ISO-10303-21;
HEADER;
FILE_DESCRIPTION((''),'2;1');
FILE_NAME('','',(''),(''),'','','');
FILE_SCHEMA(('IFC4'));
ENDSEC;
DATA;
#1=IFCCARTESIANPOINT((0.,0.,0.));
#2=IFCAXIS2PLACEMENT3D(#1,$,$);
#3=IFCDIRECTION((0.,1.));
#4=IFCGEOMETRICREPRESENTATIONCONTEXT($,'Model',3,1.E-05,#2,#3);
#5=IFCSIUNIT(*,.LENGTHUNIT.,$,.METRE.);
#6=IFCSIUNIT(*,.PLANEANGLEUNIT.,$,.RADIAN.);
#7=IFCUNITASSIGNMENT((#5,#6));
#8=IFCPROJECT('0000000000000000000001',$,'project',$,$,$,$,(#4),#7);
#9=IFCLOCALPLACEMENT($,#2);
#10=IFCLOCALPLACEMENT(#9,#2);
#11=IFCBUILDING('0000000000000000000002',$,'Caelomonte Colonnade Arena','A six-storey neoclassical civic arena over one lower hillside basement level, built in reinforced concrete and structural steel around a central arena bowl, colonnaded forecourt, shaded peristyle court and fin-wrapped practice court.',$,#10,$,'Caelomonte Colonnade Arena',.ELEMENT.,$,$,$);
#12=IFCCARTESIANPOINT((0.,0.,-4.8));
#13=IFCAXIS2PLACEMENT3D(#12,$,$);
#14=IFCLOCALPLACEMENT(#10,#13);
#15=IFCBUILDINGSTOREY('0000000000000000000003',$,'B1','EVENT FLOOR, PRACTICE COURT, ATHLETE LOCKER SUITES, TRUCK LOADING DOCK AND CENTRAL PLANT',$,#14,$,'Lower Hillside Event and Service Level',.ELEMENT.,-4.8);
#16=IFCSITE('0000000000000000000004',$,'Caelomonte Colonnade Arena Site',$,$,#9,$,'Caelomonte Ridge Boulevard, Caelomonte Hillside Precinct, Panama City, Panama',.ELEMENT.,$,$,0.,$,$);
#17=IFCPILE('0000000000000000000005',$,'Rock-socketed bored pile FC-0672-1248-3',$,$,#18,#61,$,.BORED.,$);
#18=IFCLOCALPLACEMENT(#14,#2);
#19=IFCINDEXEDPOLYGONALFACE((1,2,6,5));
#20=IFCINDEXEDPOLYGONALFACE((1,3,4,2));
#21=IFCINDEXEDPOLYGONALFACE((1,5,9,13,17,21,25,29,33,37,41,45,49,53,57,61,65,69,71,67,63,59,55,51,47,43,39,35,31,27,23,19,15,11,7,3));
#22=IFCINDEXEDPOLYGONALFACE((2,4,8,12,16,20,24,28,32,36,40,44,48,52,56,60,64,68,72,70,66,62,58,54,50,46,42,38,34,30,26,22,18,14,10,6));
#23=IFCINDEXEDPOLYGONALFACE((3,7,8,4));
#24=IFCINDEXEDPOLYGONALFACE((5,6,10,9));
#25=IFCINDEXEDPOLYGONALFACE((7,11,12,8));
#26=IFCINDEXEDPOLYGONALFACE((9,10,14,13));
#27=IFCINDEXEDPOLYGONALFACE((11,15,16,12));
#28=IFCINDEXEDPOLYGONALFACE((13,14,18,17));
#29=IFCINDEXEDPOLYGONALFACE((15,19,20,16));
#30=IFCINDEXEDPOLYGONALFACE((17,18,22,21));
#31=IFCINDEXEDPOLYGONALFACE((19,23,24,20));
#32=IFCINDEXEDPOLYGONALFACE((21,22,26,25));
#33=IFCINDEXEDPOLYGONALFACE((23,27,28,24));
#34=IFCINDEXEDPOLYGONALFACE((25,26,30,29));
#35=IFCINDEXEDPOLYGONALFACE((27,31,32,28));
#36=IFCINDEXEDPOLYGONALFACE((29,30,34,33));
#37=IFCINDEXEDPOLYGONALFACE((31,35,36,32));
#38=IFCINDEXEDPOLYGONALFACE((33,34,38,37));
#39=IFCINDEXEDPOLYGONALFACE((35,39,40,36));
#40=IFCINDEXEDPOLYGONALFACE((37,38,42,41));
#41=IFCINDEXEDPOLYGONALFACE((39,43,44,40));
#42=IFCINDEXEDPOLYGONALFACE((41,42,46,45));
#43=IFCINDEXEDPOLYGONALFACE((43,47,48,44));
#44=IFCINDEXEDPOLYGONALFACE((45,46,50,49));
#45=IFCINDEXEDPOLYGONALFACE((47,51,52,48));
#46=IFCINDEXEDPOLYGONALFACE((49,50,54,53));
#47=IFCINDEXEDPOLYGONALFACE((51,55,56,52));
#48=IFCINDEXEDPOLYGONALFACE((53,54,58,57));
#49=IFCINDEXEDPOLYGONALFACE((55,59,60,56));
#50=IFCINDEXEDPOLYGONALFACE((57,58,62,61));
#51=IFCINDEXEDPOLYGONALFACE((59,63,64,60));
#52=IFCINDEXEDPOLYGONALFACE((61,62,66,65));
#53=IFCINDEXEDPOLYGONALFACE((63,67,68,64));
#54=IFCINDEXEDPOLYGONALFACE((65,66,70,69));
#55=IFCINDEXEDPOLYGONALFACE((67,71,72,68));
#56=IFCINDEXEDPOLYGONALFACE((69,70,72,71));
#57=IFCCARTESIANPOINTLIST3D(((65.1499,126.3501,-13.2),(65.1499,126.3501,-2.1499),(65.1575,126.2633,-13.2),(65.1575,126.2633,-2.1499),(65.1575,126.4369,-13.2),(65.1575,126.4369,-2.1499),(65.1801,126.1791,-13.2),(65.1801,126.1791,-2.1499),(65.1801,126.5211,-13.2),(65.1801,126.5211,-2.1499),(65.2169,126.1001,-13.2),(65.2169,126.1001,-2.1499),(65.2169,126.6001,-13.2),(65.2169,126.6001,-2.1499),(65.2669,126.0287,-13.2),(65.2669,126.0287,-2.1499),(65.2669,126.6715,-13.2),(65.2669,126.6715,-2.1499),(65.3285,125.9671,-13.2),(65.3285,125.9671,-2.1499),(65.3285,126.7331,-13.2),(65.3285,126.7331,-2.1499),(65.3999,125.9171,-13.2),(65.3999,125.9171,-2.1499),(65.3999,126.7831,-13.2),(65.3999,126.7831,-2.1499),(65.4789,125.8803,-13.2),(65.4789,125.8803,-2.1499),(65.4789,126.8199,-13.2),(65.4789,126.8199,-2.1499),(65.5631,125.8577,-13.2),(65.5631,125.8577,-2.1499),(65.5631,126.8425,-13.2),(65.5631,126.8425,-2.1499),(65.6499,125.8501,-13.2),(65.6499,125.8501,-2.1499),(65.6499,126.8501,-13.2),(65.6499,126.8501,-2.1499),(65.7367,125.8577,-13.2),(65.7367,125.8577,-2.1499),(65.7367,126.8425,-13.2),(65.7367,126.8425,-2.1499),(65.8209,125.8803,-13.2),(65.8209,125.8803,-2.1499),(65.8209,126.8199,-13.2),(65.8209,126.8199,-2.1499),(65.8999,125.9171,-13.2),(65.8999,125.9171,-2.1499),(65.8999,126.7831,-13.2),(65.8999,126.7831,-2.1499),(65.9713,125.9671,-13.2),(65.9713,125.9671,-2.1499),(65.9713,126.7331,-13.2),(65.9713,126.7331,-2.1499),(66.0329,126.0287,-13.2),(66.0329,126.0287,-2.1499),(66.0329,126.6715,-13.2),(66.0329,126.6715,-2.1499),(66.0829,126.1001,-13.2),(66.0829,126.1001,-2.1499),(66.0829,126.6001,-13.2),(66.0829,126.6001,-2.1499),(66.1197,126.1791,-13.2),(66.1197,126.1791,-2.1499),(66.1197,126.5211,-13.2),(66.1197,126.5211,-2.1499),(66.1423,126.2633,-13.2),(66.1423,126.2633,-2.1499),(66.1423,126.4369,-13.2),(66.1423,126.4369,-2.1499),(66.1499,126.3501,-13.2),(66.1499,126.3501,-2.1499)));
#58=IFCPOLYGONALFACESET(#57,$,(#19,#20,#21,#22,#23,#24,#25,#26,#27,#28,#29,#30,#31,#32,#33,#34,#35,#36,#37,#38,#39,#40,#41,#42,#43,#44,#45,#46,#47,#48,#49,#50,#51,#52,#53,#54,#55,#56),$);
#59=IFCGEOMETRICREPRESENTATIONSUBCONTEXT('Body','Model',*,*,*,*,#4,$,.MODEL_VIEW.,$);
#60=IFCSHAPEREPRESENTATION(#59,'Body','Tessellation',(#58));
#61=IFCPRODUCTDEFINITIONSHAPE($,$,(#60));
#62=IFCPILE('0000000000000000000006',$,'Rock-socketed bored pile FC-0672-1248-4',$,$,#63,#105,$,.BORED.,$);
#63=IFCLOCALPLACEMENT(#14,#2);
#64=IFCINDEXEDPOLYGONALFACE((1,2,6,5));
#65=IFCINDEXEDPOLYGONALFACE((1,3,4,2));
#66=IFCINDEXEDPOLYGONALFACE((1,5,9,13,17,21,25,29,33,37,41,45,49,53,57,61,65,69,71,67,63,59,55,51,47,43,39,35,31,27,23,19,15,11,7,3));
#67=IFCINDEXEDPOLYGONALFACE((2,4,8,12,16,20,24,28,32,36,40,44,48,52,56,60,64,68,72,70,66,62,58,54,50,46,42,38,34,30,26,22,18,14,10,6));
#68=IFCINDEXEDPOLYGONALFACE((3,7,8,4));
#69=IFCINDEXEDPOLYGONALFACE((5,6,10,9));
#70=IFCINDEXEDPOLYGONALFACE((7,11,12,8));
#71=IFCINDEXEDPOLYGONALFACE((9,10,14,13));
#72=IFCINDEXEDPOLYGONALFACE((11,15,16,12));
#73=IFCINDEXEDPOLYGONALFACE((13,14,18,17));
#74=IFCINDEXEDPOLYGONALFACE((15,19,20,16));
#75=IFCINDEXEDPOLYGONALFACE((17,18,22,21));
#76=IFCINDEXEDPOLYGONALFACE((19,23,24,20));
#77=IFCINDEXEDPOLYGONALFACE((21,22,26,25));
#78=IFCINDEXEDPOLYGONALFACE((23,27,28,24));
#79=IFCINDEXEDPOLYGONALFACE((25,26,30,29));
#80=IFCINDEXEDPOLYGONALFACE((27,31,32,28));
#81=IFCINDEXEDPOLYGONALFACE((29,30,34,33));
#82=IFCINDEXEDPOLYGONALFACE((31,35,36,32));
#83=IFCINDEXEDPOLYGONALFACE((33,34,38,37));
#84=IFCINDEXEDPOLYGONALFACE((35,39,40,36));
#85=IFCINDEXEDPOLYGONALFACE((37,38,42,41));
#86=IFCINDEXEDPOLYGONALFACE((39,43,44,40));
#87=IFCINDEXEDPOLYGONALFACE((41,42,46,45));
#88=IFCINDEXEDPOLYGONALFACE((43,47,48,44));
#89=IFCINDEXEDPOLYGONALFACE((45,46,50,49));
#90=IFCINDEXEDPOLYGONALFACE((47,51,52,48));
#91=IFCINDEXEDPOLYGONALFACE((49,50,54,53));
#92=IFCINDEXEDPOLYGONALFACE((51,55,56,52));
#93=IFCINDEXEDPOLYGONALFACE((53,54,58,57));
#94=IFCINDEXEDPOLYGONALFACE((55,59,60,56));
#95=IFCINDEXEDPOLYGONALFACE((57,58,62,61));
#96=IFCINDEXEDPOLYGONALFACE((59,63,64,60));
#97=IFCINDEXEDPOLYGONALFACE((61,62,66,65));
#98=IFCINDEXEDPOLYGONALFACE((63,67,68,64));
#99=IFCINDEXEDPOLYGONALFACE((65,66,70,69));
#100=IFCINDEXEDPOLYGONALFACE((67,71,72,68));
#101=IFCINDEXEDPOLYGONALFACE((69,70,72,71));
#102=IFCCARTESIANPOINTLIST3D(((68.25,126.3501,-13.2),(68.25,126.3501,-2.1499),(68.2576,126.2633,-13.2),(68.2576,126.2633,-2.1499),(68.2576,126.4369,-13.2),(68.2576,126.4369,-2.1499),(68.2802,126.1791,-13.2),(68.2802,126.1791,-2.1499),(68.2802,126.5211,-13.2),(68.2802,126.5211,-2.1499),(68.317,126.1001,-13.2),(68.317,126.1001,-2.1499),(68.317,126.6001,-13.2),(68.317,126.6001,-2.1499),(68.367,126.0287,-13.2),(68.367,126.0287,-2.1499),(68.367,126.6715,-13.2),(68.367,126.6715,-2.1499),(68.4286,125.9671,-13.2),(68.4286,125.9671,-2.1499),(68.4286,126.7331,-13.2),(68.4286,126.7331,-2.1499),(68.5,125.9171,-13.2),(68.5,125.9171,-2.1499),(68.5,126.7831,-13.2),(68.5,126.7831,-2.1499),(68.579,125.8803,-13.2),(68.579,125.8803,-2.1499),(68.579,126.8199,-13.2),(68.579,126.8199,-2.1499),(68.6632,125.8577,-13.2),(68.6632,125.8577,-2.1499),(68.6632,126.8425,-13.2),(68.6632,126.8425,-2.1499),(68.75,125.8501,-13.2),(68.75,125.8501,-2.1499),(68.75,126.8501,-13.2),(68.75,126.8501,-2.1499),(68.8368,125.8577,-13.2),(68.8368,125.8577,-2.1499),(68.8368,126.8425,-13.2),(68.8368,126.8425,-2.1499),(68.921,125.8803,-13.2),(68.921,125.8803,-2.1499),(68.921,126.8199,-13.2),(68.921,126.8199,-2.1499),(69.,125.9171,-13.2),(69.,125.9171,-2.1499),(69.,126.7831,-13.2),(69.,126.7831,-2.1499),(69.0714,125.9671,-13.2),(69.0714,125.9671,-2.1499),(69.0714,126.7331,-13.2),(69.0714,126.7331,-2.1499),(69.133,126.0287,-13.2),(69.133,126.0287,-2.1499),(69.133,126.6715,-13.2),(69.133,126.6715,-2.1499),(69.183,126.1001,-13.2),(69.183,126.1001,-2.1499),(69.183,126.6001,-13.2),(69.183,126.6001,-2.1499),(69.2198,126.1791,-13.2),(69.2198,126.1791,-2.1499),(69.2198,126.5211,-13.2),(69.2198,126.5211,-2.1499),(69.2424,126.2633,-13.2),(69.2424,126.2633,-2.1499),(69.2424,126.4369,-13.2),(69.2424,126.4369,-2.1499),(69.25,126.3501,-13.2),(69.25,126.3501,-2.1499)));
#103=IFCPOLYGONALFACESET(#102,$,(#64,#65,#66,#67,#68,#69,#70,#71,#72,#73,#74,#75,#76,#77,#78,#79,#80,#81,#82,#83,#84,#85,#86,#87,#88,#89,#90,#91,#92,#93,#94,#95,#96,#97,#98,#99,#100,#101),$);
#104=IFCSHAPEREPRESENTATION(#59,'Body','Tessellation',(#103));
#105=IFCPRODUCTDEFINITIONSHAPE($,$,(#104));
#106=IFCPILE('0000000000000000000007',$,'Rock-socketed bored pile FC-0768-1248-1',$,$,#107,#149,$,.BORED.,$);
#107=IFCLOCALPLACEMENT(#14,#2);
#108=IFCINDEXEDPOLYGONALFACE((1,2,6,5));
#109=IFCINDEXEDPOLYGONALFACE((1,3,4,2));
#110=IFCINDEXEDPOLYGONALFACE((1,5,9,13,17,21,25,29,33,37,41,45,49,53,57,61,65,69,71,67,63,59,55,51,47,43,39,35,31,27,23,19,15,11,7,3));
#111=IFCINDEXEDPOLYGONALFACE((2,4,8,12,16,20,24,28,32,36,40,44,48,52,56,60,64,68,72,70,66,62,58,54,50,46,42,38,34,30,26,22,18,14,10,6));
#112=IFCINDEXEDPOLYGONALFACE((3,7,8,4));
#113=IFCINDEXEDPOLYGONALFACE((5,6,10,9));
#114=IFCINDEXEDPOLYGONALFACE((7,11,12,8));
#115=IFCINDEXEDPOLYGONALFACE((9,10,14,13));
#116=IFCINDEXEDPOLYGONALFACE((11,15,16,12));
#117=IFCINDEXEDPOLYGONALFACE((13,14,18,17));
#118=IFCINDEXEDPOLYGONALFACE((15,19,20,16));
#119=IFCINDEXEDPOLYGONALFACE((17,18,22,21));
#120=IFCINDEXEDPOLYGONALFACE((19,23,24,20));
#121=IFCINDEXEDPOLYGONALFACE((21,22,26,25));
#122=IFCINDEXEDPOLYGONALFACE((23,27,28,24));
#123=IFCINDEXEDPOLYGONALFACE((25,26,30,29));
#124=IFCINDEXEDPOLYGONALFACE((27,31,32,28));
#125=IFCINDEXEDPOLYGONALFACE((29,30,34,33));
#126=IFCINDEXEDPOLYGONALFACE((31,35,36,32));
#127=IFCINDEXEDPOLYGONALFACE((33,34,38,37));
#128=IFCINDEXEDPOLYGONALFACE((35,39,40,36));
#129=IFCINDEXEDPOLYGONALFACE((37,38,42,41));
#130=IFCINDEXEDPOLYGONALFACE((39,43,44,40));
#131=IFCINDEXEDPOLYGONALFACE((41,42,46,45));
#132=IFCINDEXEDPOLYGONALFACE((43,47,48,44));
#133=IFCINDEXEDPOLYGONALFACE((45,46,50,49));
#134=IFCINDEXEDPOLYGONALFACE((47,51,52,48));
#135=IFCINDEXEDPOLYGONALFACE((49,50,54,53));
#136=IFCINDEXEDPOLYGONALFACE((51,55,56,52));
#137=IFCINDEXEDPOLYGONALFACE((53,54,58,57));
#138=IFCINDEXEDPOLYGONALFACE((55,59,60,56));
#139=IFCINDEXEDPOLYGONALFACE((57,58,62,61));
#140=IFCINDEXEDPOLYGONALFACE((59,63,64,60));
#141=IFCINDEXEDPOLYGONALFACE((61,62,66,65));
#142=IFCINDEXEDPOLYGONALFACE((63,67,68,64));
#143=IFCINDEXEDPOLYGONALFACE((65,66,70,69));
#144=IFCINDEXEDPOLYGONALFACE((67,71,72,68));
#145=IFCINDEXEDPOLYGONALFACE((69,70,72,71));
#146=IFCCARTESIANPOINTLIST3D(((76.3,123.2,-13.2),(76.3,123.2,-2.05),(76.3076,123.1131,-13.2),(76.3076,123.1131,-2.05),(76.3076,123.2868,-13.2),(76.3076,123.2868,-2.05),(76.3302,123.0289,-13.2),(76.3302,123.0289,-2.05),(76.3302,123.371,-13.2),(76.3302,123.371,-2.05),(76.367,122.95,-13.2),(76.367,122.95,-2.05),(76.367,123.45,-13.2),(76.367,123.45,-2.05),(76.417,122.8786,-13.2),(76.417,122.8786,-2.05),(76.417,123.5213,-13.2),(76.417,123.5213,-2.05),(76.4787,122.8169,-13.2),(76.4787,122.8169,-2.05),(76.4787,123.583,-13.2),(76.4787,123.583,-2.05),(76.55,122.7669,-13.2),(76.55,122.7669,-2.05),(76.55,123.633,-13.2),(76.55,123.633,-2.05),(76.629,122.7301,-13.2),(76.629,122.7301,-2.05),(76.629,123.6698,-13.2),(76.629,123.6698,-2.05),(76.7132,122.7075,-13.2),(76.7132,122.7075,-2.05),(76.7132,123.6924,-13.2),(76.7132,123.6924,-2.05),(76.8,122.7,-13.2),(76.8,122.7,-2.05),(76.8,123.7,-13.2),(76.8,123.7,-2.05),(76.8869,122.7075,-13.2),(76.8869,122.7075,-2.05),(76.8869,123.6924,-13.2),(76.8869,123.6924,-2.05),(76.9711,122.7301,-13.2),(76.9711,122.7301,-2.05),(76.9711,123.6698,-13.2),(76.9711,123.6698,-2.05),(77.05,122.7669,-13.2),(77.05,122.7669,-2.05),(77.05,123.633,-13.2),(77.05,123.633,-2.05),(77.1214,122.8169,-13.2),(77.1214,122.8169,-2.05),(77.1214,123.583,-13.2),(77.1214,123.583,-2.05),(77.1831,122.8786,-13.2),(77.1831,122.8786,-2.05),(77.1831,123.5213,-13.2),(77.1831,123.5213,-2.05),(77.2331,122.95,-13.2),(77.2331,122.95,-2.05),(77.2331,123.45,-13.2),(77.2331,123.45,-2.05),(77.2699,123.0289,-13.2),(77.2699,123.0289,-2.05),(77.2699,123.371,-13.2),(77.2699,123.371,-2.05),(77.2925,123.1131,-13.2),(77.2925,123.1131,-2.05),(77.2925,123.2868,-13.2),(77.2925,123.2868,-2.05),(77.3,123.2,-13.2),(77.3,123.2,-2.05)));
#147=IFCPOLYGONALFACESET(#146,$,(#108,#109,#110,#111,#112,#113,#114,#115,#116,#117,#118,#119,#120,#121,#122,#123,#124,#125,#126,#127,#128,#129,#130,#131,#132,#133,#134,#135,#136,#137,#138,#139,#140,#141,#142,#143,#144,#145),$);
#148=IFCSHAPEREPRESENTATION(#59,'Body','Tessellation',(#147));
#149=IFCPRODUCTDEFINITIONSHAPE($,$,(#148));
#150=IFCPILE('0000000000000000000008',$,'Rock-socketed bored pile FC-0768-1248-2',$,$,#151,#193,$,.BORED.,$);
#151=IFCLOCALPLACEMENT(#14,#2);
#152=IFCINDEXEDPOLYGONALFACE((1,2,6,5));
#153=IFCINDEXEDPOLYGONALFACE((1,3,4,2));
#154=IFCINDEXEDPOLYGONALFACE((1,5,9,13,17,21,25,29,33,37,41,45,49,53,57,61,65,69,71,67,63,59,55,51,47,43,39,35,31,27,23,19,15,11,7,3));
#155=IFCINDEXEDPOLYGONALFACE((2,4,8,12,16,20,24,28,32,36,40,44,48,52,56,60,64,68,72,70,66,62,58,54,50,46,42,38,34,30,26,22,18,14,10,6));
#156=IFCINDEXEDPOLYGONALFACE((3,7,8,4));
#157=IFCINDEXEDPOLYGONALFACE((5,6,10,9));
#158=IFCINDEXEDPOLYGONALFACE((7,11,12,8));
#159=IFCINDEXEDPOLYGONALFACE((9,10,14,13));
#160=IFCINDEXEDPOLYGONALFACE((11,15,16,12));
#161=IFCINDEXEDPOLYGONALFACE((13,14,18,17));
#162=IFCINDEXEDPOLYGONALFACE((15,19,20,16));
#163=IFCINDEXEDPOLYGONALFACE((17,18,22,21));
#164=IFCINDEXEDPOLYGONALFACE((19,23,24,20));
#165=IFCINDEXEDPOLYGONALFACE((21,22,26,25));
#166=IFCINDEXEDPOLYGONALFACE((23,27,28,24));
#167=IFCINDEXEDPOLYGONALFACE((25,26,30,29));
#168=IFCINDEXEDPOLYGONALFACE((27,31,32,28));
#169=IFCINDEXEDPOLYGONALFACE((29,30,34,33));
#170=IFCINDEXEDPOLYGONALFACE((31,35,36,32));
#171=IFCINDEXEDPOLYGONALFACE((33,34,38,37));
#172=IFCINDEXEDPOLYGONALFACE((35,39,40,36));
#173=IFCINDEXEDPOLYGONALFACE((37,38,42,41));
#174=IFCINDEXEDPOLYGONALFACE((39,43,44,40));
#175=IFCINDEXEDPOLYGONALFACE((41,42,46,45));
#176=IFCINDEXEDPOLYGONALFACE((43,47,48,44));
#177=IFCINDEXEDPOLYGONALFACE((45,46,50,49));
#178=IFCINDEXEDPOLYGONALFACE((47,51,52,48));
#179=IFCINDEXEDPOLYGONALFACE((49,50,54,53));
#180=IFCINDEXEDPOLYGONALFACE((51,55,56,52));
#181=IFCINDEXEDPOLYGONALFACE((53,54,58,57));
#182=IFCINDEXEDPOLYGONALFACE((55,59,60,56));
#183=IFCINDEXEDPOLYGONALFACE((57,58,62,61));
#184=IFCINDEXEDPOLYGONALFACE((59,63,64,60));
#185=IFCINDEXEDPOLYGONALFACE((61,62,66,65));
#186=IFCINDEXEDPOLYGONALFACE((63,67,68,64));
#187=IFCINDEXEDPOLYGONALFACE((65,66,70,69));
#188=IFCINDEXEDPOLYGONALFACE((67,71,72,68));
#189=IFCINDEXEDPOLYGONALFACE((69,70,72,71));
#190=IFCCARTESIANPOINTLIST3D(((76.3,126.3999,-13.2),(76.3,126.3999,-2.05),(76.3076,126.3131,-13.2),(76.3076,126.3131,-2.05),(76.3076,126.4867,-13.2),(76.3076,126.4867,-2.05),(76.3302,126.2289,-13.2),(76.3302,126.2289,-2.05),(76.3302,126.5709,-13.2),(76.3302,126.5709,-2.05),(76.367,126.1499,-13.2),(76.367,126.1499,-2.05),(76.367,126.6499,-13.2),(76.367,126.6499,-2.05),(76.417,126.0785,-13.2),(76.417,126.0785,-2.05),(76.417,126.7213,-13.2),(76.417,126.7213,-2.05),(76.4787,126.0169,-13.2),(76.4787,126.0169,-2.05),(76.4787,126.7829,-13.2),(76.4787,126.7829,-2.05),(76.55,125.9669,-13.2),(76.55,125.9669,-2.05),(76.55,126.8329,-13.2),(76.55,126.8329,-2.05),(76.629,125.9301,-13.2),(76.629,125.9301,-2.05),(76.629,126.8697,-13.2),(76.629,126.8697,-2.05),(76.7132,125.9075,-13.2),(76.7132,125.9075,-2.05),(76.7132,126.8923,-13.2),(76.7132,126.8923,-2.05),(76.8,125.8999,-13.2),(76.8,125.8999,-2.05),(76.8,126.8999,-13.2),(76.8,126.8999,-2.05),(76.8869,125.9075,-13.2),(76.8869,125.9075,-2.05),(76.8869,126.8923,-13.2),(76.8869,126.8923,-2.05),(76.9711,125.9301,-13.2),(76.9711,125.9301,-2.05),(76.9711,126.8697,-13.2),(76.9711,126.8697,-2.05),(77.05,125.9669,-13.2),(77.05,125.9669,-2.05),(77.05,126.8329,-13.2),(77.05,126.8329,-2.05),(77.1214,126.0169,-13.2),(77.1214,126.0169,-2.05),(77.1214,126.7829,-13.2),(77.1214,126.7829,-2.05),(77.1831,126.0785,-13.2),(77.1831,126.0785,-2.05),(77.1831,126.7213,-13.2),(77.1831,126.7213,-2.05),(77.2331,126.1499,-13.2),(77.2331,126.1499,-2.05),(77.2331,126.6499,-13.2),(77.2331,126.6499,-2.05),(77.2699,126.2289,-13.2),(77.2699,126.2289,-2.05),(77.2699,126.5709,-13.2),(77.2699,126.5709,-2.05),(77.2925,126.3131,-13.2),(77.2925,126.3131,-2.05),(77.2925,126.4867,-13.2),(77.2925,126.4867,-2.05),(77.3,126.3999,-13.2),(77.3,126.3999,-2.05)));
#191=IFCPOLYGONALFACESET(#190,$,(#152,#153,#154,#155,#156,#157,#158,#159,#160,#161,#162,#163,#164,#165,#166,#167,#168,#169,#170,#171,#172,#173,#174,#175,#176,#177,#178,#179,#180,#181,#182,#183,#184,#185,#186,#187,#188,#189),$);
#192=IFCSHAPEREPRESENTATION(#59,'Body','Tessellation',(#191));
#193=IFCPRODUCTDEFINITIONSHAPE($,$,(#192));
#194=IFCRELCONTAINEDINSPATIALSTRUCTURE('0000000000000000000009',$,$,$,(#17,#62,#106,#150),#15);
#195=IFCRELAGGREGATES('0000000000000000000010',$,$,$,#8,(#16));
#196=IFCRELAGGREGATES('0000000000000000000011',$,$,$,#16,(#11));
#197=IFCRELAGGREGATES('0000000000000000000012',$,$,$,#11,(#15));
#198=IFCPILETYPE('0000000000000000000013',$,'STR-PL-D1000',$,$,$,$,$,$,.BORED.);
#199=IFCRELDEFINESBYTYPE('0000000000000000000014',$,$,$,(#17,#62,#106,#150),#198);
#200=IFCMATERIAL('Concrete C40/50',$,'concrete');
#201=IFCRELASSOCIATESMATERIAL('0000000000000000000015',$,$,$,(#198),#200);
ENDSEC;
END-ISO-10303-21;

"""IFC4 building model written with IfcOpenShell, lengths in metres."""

from ifc_helpers import new_model, si_unit, direction, frame, origin, origin_2d, place, context, subcontext, project, spatial, circle, extrude, material, material_profile, profile_set, type_object, element, save


model = new_model("IFC4")

# Units and contexts
model_context = context("Model", 3, precision=1e-05, world=origin(), true_north=direction((0.0, 1.0)))
body_context = subcontext(model_context, "Body", "Model", "MODEL_VIEW")
ifc_project = project(units=[si_unit("LENGTHUNIT", "METRE"), si_unit("PLANEANGLEUNIT", "RADIAN")], contexts=[model_context])

# Site, building, storey
site_placement = place(None, origin())
site = spatial("IfcSite", under=ifc_project, at=site_placement, Name="Caelomonte Colonnade Arena Site", LongName="Caelomonte Ridge Boulevard, Caelomonte Hillside Precinct, Panama City, Panama", CompositionType="ELEMENT", RefElevation=0.0)
building_placement = place(site_placement, origin())
building = spatial("IfcBuilding", under=site, at=building_placement, Name="Caelomonte Colonnade Arena", Description="A six-storey neoclassical civic arena over one lower hillside basement level, built in reinforced concrete and structural steel around a central arena bowl, colonnaded forecourt, shaded peristyle court and fin-wrapped practice court.", LongName="Caelomonte Colonnade Arena", CompositionType="ELEMENT")
storey_placement = place(building_placement, frame((0.0, 0.0, -4.8)))
storey = spatial("IfcBuildingStorey", under=building, at=storey_placement, Name="B1", Description="EVENT FLOOR, PRACTICE COURT, ATHLETE LOCKER SUITES, TRUCK LOADING DOCK AND CENTRAL PLANT", LongName="Lower Hillside Event and Service Level", CompositionType="ELEMENT", Elevation=-4.8)

# Shared definitions
ifc_material_1 = material(Name="Concrete C40/50", Category="concrete")

# Piles
ifc_material_profile_1 = material_profile(ifc_material_1, circle(Radius=0.5, at=origin_2d()), Name="PILE-D1000")
ifc_profile_set_1 = profile_set([ifc_material_profile_1], Name="Concrete C40/50")
pile_type = type_object("IfcPileType", Name="STR-PL-D1000", PredefinedType="BORED", material=ifc_profile_set_1)
for number, where, z_axis, x_axis, name in (
    (1, (65.6499, 126.3501, -2.1499), (0.0, 0.0, -1.0), (1.0, 0.0, 0.0), "Rock-socketed bored pile FC-0672-1248-3"),
    (2, (68.75, 126.3501, -2.1499), (0.0, 0.0, -1.0), (1.0, 0.0, 0.0), "Rock-socketed bored pile FC-0672-1248-4"),
):
    element("IfcPile", number, at=place(storey_placement, frame(where, z_axis=z_axis, x_axis=x_axis)), inside=storey, type_object=pile_type, Name=name, PredefinedType="BORED", context=body_context, shape_type="SweptSolid", body=[
        extrude(circle(Radius=0.5, at=origin_2d()), origin(), (0.0, 0.0, 1.0), 11.05),
    ])
for number, where, z_axis, x_axis, name in (
    (3, (76.8, 123.2, -2.05), (0.0, 0.0, -1.0), (1.0, 0.0, 0.0), "Rock-socketed bored pile FC-0768-1248-1"),
    (4, (76.8, 126.3999, -2.05), (0.0, 0.0, -1.0), (1.0, 0.0, 0.0), "Rock-socketed bored pile FC-0768-1248-2"),
):
    element("IfcPile", number, at=place(storey_placement, frame(where, z_axis=z_axis, x_axis=x_axis)), inside=storey, type_object=pile_type, Name=name, PredefinedType="BORED", context=body_context, shape_type="SweptSolid", body=[
        extrude(circle(Radius=0.5, at=origin_2d()), origin(), (0.0, 0.0, 1.0), 11.1499),
    ])

save(model, "model.ifc")
